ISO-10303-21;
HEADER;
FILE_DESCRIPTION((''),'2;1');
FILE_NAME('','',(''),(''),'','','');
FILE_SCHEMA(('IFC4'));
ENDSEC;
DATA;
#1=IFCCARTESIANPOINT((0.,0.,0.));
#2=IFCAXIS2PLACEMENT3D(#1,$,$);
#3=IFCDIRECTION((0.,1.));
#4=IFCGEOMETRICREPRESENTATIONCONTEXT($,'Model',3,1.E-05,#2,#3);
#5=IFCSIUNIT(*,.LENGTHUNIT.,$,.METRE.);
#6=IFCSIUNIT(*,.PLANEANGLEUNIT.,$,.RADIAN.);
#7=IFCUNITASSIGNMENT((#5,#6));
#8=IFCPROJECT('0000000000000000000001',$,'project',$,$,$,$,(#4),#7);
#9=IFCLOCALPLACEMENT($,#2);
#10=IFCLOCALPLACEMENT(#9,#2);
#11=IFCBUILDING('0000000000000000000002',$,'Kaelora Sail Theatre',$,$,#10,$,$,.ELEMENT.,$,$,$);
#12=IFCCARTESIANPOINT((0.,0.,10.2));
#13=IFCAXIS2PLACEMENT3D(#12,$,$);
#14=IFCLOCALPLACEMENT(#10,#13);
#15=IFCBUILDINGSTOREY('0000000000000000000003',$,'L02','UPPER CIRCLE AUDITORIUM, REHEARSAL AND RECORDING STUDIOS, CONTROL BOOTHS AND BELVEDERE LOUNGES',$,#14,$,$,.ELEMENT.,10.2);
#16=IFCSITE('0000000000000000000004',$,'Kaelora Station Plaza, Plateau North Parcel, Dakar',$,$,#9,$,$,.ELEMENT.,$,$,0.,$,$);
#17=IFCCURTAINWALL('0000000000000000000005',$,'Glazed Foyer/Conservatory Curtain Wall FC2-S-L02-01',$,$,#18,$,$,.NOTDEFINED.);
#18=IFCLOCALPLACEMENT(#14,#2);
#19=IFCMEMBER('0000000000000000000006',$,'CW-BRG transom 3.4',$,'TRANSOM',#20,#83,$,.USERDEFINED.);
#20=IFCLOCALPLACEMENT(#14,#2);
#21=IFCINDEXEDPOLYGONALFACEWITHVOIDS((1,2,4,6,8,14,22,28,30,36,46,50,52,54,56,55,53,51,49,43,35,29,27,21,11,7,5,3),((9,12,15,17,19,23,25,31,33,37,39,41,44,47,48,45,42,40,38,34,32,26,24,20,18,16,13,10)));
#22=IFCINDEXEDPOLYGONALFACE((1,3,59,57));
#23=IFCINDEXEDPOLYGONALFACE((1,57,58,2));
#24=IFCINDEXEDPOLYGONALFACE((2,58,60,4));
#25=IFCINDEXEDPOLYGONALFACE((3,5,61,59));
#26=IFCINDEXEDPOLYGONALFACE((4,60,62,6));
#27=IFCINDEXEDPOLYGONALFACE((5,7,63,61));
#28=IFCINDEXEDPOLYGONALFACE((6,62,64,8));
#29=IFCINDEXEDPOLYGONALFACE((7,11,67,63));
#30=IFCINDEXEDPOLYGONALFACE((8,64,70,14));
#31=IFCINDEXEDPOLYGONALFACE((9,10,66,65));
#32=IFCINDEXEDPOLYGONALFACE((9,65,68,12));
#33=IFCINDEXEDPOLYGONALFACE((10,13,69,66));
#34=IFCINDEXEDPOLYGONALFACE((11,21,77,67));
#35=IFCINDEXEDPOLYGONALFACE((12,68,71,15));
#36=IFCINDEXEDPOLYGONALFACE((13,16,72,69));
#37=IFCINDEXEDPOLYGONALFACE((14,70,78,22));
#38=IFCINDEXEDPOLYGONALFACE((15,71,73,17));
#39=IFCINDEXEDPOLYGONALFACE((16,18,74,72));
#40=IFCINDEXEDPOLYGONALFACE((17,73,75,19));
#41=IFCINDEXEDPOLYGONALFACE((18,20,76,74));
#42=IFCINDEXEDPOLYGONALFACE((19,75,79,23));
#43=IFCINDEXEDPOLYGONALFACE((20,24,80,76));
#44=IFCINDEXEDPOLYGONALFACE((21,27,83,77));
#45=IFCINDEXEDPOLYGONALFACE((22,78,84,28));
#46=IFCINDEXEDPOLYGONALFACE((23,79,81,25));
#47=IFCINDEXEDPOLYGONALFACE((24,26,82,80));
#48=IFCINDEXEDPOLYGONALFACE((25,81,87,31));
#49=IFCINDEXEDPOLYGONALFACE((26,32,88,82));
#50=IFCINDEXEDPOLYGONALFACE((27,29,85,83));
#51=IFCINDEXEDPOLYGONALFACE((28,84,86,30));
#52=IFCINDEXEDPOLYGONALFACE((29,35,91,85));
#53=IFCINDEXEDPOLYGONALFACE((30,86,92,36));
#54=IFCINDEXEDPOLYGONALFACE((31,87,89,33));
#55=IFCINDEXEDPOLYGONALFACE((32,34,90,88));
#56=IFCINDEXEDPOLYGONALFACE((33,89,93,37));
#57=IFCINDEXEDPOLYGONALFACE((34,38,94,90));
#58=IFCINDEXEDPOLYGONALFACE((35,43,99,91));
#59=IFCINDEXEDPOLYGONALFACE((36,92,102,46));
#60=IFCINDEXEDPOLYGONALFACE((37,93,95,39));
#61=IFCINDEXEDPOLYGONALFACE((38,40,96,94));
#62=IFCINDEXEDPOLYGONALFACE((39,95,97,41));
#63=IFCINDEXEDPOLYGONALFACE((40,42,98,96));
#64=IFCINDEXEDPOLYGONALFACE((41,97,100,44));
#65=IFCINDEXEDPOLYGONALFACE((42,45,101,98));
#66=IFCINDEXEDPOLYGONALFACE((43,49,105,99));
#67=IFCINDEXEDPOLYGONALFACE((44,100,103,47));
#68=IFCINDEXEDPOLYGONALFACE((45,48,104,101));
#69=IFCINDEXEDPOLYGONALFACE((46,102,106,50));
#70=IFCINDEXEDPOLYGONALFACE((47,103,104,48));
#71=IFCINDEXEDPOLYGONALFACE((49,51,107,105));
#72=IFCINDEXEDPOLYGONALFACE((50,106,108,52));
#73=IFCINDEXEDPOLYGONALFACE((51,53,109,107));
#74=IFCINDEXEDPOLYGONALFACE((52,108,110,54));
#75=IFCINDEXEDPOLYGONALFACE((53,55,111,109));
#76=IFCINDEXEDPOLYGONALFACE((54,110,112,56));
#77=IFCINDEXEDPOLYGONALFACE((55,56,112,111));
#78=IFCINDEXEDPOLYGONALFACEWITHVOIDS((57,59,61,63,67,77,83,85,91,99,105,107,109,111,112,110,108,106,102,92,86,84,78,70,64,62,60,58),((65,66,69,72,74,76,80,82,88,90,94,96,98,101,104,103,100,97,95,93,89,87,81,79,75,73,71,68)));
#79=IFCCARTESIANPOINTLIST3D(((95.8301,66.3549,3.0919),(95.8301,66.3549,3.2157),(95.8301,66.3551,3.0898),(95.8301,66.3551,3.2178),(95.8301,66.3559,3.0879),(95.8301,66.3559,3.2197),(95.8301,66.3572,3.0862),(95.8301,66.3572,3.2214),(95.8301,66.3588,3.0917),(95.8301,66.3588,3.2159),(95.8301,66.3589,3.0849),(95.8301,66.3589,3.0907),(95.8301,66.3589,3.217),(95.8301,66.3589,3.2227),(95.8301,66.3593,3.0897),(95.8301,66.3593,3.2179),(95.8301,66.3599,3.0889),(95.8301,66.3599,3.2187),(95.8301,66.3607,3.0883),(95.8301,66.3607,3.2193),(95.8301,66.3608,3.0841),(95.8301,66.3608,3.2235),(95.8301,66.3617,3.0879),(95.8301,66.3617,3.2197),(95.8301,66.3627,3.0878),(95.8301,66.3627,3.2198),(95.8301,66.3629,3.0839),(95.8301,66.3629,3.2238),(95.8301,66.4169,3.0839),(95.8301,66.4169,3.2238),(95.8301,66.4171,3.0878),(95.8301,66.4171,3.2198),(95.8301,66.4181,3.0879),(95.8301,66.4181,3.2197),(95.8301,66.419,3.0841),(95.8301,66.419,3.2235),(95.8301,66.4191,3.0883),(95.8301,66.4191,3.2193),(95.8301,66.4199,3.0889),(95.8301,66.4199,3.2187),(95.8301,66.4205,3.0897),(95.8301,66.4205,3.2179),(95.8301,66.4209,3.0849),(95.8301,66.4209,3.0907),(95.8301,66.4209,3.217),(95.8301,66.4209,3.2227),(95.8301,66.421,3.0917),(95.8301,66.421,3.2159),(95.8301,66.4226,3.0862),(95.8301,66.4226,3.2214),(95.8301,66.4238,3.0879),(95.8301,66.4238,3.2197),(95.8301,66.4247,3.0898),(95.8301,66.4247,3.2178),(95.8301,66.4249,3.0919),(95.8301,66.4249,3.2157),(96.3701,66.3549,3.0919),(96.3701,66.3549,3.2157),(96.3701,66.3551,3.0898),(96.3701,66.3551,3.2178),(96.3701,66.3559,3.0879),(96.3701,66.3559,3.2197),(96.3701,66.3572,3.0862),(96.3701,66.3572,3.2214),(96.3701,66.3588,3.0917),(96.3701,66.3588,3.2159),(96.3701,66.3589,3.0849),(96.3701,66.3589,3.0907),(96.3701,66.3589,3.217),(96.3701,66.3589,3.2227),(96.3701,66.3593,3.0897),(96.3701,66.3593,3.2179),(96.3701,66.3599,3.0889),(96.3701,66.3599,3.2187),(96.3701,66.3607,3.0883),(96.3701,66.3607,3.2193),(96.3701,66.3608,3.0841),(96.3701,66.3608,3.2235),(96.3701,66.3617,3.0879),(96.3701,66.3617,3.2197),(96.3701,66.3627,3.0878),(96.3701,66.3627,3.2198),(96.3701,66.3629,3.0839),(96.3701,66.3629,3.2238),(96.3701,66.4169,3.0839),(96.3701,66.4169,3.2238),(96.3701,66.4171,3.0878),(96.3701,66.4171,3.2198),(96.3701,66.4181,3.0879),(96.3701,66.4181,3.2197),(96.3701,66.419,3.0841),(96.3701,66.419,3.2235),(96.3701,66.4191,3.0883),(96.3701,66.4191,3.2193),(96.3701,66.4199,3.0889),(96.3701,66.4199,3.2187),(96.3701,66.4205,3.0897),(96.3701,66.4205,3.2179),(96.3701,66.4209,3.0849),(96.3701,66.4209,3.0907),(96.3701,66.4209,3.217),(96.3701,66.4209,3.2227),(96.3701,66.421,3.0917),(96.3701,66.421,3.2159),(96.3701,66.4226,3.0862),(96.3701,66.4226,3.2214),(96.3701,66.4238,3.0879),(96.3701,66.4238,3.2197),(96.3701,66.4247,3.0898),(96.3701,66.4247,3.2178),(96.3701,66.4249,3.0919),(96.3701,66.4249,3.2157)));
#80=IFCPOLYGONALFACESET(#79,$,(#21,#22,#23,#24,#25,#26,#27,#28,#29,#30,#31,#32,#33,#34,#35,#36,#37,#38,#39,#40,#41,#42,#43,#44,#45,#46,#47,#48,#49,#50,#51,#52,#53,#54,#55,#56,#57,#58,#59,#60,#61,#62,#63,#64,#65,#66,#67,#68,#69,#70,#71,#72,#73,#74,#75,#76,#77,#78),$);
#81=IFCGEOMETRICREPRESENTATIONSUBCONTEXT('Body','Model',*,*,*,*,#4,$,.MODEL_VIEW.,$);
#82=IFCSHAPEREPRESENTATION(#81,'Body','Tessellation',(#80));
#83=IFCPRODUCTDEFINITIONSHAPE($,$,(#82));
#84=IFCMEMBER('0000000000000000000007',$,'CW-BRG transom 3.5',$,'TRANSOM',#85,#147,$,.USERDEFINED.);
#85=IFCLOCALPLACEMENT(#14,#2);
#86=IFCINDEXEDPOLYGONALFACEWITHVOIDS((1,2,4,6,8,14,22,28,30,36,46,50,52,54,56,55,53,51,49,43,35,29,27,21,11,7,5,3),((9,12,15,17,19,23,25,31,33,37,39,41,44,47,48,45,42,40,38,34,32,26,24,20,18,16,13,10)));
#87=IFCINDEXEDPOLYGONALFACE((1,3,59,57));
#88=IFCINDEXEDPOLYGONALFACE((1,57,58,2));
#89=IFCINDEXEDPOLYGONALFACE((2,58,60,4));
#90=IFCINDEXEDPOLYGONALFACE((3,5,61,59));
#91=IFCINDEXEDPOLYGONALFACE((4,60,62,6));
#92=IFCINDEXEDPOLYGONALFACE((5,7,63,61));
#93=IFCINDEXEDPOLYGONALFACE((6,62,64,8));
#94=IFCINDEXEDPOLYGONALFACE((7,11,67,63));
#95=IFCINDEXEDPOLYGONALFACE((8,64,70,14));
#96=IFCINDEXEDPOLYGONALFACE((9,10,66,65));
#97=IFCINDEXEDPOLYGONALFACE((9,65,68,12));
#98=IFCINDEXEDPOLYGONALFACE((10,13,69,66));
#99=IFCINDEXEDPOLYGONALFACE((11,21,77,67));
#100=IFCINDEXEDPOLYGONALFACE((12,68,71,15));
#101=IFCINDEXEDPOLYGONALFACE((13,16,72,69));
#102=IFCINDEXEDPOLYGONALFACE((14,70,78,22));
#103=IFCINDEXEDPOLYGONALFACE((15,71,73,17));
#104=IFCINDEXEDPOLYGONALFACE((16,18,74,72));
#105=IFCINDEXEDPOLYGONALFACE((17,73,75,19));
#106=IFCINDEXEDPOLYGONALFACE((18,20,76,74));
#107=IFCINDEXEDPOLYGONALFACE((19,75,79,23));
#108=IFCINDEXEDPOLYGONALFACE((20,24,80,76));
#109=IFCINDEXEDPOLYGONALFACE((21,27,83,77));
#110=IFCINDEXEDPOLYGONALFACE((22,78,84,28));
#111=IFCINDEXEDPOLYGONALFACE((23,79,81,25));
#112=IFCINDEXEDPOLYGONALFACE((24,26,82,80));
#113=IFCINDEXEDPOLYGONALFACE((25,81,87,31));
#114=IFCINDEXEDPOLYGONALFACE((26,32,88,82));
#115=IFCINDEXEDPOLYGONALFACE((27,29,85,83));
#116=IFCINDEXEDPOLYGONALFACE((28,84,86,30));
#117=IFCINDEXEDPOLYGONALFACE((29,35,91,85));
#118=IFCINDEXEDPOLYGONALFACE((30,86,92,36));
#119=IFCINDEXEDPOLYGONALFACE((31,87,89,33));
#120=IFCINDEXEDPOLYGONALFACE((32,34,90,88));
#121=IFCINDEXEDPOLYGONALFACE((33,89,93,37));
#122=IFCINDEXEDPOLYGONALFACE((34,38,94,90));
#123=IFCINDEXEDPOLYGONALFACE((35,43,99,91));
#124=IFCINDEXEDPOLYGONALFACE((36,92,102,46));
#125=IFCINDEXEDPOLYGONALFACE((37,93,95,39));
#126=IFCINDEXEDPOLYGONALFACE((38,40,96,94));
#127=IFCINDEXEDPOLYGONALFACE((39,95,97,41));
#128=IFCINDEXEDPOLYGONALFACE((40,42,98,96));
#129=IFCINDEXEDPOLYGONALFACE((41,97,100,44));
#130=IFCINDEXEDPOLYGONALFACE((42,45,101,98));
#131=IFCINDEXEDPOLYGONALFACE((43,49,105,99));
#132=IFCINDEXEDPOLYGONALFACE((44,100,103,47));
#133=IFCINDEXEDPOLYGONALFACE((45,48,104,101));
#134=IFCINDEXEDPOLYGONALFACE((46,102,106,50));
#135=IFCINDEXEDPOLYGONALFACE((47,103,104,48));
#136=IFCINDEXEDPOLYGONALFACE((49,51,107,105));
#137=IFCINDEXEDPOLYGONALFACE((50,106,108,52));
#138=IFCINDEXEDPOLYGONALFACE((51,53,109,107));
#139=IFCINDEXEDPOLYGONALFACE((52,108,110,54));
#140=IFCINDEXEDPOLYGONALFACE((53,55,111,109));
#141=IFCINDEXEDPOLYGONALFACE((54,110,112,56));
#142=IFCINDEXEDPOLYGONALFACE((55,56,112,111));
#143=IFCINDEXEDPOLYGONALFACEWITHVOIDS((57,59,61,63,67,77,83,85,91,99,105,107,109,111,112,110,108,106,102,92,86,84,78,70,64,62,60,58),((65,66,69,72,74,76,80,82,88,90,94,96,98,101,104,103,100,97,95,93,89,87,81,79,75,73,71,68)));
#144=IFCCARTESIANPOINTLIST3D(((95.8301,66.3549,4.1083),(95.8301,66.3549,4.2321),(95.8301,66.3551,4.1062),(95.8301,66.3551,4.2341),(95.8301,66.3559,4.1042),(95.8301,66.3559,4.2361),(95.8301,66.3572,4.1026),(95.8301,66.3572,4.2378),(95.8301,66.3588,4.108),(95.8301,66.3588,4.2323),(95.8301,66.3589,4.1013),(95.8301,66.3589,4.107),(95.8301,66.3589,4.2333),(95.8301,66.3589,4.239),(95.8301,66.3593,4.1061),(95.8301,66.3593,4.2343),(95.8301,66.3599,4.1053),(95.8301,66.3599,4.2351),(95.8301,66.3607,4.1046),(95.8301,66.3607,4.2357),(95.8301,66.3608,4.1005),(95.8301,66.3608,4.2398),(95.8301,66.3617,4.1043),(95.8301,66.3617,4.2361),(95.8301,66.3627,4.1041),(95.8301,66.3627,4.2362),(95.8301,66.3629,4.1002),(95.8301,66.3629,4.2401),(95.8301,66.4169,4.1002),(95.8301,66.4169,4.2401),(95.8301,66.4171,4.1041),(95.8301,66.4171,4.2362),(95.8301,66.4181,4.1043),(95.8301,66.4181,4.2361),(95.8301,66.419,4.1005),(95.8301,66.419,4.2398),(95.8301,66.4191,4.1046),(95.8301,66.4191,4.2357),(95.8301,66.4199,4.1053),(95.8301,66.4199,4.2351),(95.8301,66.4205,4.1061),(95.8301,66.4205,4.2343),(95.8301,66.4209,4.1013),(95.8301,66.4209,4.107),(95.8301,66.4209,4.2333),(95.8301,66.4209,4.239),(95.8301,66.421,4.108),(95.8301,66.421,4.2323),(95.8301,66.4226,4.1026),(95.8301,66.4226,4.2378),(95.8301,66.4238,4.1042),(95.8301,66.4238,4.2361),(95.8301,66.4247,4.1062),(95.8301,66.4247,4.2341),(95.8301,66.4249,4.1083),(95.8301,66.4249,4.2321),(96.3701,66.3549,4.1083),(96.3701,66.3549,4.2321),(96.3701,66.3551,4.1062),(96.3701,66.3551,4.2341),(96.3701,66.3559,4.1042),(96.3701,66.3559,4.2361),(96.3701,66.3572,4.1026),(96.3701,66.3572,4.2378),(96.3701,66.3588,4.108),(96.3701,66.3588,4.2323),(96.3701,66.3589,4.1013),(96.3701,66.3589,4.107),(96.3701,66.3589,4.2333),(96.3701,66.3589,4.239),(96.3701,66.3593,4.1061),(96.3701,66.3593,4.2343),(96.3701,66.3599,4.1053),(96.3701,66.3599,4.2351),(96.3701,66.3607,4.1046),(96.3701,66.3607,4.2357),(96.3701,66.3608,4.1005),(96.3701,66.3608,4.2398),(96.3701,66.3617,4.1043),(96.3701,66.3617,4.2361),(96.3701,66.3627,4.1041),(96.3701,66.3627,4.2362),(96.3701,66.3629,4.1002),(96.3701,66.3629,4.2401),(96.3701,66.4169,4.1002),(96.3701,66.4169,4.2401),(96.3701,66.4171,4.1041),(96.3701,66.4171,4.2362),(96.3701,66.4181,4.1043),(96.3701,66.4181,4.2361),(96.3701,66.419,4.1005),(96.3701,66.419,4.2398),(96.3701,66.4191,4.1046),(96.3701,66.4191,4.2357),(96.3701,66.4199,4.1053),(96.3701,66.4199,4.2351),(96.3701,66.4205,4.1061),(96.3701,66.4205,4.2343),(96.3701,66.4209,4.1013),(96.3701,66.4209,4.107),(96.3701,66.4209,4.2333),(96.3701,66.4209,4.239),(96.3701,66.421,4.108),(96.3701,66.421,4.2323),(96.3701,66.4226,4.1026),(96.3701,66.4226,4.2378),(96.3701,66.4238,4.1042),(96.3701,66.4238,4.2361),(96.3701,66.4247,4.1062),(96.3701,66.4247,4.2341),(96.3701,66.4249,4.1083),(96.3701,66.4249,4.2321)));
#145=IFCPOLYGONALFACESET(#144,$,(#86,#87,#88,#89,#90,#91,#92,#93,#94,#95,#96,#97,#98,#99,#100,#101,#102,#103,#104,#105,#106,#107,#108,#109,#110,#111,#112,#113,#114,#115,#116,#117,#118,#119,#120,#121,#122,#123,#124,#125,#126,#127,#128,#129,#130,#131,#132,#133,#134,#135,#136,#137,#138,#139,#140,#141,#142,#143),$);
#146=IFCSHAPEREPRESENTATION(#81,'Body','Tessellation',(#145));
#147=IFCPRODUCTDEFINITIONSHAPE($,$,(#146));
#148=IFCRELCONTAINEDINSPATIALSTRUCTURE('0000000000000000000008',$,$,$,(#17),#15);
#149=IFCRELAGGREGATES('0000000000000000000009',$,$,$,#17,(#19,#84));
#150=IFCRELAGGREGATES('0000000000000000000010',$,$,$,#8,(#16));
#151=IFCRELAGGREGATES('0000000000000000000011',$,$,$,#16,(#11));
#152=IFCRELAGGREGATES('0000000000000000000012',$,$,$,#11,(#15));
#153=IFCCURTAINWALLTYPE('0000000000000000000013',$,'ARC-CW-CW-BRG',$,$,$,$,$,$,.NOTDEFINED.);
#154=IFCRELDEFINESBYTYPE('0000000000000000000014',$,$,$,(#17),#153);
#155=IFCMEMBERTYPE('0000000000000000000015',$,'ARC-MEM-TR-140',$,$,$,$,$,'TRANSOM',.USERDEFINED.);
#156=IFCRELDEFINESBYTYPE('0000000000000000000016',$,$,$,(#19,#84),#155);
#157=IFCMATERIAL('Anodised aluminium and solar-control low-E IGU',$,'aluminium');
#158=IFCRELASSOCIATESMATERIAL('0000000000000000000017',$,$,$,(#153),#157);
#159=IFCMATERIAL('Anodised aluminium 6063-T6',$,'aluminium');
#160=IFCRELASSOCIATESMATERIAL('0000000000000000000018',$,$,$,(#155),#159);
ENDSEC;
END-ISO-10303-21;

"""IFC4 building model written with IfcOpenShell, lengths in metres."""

from ifc_helpers import new_model, si_unit, direction, frame, origin, origin_2d, place, context, subcontext, project, spatial, hollow_rectangle, extrude, material, material_profile, profile_set, type_object, element, aggregate, save


model = new_model("IFC4")

# Units and contexts
model_context = context("Model", 3, precision=1e-05, world=origin(), true_north=direction((0.0, 1.0)))
body_context = subcontext(model_context, "Body", "Model", "MODEL_VIEW")
ifc_project = project(units=[si_unit("LENGTHUNIT", "METRE"), si_unit("PLANEANGLEUNIT", "RADIAN")], contexts=[model_context])

# Site, building, storey
site_placement = place(None, origin())
site = spatial("IfcSite", under=ifc_project, at=site_placement, Name="Kaelora Station Plaza, Plateau North Parcel, Dakar", CompositionType="ELEMENT", RefElevation=0.0)
building_placement = place(site_placement, origin())
building = spatial("IfcBuilding", under=site, at=building_placement, Name="Kaelora Sail Theatre", CompositionType="ELEMENT")
storey_placement = place(building_placement, frame((0.0, 0.0, 10.2)))
storey = spatial("IfcBuildingStorey", under=building, at=storey_placement, Name="L02", Description="UPPER CIRCLE AUDITORIUM, REHEARSAL AND RECORDING STUDIOS, CONTROL BOOTHS AND BELVEDERE LOUNGES", CompositionType="ELEMENT", Elevation=10.2)

# Curtain wall, members
ifc_material_1 = material(Name="Anodised aluminium and solar-control low-E IGU", Category="aluminium")
curtain_wall_type = type_object("IfcCurtainWallType", Name="ARC-CW-CW-BRG", PredefinedType="NOTDEFINED", material=ifc_material_1)
curtain_wall_placement = place(storey_placement, origin())
curtain_wall = element("IfcCurtainWall", 1, at=curtain_wall_placement, inside=storey, type_object=curtain_wall_type, Name="Glazed Foyer/Conservatory Curtain Wall FC2-S-L02-01", PredefinedType="NOTDEFINED")
ifc_material_2 = material(Name="Anodised aluminium 6063-T6", Category="aluminium")
ifc_material_profile_1 = material_profile(ifc_material_2, hollow_rectangle(XDim=0.0701, YDim=0.1399, WallThickness=0.0039, InnerFilletRadius=0.0039, OuterFilletRadius=0.0081, at=origin_2d()), Name="ALU-TRAN 70x140x4")
ifc_profile_set_1 = profile_set([ifc_material_profile_1], Name="Anodised aluminium 6063-T6")
member_type_1 = type_object("IfcMemberType", Name="ARC-MEM-TR-140", ElementType="TRANSOM", PredefinedType="USERDEFINED", material=ifc_profile_set_1)
member_1_placement = place(storey_placement, frame((95.8301, 66.3899, 3.1538), z_axis=(1.0, 0.0, 0.0), x_axis=(0.0, 1.0, 0.0)))
member_1 = element("IfcMember", 2, at=member_1_placement, type_object=member_type_1, Name="CW-BRG transom 3.4", ObjectType="TRANSOM", PredefinedType="USERDEFINED", context=body_context, shape_type="SweptSolid", body=[
    extrude(hollow_rectangle(XDim=0.0701, YDim=0.1399, WallThickness=0.0039, InnerFilletRadius=0.0039, OuterFilletRadius=0.0081, at=origin_2d()), origin(), (0.0, 0.0, 1.0), 0.54),
])
member_2_placement = place(storey_placement, frame((95.8301, 66.3899, 4.1702), z_axis=(1.0, 0.0, 0.0), x_axis=(0.0, 1.0, 0.0)))
member_2 = element("IfcMember", 3, at=member_2_placement, type_object=member_type_1, Name="CW-BRG transom 3.5", ObjectType="TRANSOM", PredefinedType="USERDEFINED", context=body_context, shape_type="SweptSolid", body=[
    extrude(hollow_rectangle(XDim=0.0701, YDim=0.1399, WallThickness=0.0039, InnerFilletRadius=0.0039, OuterFilletRadius=0.0081, at=origin_2d()), origin(), (0.0, 0.0, 1.0), 0.54),
])
aggregate(curtain_wall, [member_1, member_2])

save(model, "model.ifc")
